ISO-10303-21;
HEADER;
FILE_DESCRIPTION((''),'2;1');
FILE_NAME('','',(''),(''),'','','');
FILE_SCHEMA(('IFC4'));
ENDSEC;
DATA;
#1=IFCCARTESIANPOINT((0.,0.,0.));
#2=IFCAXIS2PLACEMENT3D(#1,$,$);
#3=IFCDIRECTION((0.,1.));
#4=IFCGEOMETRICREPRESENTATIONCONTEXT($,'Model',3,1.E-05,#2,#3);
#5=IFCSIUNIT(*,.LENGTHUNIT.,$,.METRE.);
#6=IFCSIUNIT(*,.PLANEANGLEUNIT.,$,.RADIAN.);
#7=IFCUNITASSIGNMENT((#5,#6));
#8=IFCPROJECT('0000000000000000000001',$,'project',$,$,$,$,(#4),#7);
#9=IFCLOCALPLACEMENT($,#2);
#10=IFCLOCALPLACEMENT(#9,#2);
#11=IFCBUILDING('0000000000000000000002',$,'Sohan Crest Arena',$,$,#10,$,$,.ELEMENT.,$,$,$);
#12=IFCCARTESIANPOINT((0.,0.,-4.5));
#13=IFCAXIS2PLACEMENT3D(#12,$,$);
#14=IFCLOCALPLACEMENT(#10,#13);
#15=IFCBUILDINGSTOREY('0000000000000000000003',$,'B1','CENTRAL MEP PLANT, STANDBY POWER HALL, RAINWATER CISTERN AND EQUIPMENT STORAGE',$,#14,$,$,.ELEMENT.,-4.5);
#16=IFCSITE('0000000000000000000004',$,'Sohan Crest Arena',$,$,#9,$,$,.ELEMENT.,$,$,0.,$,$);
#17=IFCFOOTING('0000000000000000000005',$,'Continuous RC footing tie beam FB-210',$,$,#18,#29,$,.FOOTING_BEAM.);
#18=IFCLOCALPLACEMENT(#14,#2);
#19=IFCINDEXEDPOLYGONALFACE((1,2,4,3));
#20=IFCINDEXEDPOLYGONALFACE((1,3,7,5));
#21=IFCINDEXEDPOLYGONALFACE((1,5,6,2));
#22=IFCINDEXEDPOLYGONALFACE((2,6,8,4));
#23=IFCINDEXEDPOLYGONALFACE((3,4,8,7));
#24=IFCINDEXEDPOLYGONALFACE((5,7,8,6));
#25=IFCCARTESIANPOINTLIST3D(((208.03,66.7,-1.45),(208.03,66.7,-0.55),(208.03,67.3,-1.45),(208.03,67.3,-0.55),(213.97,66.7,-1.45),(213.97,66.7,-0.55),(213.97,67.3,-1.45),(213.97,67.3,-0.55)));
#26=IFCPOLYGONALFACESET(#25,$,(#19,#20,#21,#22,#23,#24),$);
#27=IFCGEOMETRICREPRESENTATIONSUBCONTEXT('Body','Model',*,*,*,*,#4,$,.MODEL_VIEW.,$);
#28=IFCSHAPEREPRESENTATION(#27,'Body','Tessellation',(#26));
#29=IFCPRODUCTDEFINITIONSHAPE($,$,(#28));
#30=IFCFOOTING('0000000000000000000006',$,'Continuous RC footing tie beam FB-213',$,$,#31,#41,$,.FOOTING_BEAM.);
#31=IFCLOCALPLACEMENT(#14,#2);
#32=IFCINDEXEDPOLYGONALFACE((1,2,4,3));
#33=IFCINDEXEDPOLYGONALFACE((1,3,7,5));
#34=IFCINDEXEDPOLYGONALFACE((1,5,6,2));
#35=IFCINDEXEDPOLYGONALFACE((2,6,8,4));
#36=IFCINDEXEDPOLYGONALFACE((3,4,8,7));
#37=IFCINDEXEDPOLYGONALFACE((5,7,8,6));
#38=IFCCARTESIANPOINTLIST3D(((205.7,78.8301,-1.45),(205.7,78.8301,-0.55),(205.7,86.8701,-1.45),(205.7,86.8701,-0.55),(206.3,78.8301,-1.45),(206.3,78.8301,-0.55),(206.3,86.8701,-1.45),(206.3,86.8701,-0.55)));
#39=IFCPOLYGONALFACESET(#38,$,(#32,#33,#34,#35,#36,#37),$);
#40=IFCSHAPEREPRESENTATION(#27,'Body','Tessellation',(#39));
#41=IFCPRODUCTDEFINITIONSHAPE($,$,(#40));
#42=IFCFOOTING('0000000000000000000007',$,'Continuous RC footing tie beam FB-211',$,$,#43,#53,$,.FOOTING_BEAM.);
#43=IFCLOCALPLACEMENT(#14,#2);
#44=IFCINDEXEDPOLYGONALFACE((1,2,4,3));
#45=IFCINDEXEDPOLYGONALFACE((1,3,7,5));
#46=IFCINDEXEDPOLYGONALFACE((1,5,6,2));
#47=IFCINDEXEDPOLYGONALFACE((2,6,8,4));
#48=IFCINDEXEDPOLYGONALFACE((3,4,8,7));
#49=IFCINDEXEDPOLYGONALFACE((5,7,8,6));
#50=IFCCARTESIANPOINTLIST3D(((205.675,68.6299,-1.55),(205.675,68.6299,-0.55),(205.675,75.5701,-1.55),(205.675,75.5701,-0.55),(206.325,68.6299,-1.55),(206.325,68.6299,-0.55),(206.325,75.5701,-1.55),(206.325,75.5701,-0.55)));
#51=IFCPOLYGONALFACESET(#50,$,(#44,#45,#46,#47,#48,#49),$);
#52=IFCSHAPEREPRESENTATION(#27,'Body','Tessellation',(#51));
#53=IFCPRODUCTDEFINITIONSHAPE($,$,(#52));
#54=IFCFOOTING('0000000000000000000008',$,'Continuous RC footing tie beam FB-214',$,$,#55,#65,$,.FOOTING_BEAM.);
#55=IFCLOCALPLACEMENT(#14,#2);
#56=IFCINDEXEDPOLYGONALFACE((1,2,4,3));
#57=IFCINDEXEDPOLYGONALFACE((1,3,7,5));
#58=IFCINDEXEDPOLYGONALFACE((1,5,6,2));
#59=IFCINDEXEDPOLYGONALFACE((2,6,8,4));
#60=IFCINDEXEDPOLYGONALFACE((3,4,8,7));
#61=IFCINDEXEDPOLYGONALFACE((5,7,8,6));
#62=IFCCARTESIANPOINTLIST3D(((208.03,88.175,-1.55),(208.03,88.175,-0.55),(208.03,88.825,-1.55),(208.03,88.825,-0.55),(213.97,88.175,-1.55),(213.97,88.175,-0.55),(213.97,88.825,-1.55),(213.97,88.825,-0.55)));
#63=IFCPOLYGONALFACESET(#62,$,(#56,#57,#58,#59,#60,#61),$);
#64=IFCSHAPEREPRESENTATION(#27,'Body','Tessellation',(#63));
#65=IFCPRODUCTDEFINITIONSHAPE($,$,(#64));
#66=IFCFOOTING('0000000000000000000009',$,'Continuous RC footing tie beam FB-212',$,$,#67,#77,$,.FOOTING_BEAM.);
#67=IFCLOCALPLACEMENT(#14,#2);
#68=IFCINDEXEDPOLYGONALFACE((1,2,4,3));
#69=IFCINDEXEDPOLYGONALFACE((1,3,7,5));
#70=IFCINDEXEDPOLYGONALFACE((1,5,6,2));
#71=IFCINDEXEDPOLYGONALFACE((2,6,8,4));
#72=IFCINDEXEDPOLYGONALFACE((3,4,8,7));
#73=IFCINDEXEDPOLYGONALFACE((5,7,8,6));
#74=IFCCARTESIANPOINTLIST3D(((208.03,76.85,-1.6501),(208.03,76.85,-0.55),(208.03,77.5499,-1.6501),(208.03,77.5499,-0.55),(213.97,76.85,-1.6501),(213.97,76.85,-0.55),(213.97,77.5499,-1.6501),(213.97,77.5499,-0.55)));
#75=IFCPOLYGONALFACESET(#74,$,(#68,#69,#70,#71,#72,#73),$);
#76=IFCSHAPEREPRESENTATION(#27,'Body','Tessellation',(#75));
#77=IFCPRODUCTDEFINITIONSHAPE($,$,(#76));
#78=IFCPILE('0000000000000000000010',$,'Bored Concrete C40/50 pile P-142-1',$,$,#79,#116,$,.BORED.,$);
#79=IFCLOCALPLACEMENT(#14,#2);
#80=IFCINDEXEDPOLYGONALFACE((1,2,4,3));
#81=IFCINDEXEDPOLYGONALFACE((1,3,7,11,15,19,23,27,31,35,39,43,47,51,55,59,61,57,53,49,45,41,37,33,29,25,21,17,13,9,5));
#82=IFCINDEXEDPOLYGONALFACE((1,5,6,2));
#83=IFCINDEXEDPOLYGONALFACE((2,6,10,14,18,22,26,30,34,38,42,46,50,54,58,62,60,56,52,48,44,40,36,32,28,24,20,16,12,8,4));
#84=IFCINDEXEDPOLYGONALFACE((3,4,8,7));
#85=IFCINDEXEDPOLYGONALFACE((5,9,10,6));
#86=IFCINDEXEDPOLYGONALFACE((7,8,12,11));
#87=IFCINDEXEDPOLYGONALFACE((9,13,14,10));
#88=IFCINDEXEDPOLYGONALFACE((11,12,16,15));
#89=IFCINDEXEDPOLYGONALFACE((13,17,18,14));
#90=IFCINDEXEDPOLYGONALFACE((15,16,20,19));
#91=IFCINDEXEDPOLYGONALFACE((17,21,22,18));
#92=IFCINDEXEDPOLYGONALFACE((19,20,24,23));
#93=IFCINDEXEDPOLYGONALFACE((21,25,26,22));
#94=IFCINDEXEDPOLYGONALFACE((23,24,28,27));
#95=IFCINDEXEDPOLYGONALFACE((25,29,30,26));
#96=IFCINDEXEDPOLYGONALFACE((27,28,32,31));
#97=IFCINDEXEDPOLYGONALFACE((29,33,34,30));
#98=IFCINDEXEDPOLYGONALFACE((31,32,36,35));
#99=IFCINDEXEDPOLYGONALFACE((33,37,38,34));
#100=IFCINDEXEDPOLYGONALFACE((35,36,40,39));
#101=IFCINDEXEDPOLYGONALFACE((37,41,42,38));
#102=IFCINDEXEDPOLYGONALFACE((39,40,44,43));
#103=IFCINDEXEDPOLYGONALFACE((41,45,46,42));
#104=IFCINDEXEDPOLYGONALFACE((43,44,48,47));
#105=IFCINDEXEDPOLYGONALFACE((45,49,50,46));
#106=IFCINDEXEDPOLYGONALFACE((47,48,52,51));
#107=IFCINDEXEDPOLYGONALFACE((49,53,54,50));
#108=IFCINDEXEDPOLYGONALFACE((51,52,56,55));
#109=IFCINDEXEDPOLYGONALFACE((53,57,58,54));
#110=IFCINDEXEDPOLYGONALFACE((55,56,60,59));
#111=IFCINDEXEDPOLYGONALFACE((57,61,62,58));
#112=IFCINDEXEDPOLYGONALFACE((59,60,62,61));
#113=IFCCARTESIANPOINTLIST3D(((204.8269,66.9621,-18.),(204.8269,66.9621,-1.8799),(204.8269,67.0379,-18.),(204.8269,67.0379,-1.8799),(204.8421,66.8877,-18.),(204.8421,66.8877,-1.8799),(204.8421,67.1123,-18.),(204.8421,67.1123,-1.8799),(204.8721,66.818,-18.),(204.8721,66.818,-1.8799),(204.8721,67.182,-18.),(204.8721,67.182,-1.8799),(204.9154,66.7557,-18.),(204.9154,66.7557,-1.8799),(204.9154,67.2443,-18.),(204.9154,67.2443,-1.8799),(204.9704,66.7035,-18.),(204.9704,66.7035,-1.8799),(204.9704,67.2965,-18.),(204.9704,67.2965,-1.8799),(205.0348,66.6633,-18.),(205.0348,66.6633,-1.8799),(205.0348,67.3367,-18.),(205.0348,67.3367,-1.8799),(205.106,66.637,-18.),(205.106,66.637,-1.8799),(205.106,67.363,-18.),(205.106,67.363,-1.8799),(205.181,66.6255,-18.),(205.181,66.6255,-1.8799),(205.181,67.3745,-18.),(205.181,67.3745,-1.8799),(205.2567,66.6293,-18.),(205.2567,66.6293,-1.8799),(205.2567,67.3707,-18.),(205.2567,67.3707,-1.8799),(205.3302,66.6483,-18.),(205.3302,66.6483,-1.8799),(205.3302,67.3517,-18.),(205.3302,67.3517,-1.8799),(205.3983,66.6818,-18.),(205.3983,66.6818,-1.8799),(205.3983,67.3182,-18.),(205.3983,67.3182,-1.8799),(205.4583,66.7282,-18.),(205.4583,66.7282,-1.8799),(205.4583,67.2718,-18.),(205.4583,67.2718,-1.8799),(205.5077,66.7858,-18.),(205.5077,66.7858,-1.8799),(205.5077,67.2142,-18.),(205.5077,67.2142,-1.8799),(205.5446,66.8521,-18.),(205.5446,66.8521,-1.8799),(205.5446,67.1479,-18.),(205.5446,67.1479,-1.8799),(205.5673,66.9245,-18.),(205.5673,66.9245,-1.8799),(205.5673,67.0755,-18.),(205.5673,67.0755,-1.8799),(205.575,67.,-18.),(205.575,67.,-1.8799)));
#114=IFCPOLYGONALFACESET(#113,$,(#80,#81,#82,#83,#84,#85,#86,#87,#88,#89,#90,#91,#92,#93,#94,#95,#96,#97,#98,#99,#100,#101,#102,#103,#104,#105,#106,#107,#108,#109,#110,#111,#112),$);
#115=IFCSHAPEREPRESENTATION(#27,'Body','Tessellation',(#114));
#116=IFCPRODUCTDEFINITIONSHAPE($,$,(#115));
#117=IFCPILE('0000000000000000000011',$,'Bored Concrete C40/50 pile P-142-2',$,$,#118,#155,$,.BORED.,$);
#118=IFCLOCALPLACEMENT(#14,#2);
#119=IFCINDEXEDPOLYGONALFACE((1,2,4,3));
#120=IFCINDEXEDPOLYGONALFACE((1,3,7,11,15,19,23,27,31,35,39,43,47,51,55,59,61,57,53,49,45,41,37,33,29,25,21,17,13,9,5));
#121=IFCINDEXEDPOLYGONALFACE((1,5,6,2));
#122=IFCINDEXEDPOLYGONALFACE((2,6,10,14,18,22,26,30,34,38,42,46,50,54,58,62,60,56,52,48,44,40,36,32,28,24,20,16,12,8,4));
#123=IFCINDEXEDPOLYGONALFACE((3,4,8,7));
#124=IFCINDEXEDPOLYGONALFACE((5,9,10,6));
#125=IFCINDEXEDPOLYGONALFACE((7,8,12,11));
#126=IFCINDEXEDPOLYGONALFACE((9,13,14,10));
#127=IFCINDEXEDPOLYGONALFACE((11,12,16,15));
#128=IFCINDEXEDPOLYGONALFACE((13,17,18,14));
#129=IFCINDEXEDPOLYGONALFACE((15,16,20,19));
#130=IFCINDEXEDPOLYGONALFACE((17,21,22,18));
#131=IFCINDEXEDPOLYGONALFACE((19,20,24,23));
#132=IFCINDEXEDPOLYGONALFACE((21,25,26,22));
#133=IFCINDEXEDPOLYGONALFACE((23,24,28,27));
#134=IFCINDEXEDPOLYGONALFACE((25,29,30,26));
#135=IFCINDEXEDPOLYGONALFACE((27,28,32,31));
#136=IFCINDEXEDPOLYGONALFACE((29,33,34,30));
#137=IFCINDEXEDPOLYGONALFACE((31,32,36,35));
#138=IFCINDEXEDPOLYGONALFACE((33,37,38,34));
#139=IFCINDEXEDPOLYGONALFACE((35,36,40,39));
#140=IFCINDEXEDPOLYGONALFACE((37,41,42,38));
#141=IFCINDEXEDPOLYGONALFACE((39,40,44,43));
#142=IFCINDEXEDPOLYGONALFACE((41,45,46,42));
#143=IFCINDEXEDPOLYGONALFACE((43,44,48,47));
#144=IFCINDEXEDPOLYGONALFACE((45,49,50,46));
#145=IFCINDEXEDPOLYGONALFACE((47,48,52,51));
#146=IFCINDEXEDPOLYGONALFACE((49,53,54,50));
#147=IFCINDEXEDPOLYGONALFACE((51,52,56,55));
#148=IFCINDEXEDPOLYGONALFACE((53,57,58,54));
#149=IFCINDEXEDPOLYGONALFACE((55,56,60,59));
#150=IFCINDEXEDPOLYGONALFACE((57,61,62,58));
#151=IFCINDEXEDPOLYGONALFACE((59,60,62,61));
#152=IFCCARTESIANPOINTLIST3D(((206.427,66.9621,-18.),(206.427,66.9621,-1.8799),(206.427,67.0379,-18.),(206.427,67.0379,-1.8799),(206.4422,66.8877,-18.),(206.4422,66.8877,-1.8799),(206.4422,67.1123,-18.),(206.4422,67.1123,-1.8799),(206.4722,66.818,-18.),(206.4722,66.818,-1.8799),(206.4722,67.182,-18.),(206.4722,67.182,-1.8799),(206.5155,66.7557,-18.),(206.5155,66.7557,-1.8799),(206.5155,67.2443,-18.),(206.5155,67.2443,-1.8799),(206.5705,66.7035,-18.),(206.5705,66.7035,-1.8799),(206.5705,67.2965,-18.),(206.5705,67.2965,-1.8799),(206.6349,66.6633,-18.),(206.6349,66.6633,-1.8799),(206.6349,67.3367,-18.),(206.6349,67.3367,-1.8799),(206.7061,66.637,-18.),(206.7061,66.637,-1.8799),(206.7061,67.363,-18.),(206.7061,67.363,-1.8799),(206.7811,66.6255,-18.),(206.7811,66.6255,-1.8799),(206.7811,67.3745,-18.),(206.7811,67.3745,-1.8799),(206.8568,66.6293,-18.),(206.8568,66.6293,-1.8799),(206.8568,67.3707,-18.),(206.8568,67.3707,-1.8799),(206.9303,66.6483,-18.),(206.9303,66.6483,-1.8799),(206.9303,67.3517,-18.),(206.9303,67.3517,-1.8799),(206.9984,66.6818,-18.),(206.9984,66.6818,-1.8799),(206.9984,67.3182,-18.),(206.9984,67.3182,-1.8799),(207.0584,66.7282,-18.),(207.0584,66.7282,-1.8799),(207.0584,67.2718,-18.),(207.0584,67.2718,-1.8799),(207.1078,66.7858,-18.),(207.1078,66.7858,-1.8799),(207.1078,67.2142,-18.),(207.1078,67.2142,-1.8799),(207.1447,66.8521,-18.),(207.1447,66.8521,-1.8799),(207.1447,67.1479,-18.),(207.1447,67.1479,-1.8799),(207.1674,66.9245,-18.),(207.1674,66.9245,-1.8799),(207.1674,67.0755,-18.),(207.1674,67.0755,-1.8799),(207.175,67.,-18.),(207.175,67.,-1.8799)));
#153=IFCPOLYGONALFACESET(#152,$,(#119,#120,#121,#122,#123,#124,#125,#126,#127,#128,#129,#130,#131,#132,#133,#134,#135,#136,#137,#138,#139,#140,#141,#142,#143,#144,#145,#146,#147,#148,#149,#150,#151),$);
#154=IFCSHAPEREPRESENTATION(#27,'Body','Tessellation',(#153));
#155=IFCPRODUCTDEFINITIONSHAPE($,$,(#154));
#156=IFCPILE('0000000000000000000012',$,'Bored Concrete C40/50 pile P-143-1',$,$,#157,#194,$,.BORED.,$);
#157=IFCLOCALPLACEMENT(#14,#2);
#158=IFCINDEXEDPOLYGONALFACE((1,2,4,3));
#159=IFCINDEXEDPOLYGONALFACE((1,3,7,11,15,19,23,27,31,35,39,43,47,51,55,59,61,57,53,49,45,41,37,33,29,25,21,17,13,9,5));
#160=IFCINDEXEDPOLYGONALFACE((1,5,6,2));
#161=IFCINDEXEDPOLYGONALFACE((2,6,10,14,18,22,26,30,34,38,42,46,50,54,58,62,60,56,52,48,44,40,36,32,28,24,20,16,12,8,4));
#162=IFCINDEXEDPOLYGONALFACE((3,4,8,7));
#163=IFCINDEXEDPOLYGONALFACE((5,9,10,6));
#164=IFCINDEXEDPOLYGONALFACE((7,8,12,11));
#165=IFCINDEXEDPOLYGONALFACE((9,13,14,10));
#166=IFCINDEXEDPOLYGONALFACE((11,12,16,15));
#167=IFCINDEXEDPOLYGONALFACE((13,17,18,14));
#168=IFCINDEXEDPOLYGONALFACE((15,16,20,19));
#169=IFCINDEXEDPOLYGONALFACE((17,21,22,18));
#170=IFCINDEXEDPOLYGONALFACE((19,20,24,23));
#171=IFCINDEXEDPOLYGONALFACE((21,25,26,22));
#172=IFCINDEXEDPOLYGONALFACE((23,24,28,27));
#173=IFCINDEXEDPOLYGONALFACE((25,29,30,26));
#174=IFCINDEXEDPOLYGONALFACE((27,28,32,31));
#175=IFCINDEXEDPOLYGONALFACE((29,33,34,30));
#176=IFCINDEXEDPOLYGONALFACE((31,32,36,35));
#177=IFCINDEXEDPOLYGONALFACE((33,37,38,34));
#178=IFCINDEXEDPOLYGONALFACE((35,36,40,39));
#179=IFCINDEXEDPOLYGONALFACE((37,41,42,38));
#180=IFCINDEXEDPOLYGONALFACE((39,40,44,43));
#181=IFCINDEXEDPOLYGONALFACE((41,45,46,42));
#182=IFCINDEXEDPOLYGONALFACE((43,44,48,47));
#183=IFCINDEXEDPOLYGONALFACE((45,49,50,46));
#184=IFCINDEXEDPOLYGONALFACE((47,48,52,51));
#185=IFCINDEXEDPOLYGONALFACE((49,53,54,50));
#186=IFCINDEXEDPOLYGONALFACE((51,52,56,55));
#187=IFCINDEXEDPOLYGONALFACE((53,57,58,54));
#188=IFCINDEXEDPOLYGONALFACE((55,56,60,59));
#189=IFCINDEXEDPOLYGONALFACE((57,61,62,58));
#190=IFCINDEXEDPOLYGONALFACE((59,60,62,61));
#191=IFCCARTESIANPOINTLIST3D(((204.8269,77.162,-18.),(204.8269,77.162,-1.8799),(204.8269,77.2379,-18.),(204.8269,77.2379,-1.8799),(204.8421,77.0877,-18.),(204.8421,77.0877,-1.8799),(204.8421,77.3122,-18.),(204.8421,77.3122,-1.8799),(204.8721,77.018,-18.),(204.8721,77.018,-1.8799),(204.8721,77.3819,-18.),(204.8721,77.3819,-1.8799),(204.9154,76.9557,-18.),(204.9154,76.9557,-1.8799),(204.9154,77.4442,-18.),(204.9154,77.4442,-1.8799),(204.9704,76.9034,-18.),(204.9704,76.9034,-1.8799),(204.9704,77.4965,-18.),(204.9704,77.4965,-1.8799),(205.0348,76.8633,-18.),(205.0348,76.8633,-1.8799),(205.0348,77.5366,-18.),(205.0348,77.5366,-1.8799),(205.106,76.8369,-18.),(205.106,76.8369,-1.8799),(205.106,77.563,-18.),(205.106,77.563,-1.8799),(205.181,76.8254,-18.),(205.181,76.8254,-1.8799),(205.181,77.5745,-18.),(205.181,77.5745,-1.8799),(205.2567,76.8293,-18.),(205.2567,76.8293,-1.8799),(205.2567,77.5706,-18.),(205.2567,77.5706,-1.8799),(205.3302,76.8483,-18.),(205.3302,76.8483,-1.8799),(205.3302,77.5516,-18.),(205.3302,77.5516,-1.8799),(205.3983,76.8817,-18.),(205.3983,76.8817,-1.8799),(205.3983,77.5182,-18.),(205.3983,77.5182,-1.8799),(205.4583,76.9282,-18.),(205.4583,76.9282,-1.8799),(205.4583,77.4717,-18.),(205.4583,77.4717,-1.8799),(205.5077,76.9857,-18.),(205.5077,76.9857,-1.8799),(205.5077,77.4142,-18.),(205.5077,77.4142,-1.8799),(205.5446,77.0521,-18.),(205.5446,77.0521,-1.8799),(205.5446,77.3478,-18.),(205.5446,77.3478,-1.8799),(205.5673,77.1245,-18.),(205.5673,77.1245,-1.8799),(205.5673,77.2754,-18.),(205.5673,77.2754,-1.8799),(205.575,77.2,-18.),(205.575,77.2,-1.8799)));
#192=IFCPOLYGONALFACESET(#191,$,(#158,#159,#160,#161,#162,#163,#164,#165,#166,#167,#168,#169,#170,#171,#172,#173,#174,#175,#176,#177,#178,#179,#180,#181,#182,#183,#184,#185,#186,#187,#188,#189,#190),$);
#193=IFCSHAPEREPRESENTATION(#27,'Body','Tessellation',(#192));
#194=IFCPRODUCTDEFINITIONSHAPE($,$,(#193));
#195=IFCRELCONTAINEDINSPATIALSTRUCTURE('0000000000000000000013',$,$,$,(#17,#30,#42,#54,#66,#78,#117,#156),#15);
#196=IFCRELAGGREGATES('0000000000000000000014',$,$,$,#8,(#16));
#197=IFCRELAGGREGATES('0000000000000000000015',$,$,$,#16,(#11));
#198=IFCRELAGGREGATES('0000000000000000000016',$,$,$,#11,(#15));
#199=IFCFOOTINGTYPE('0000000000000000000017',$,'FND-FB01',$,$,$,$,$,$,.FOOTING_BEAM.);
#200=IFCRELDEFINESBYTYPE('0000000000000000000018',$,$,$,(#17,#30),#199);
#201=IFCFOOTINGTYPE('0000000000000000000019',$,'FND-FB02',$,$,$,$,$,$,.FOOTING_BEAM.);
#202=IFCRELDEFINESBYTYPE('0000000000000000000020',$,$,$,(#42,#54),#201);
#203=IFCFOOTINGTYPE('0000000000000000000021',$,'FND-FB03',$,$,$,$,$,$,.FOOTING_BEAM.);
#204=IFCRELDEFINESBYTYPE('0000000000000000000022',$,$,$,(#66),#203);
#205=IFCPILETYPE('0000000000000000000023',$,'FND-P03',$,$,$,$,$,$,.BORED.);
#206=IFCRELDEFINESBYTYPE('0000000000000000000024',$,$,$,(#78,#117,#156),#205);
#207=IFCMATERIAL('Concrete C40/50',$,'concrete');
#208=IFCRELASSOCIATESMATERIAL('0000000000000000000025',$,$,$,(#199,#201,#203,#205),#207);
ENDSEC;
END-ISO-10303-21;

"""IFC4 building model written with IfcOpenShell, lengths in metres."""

from ifc_helpers import new_model, si_unit, direction, frame, origin, origin_2d, place, context, subcontext, project, spatial, rectangle, circle, extrude, material, material_profile, profile_set, type_object, element, save


model = new_model("IFC4")

# Units and contexts
model_context = context("Model", 3, precision=1e-05, world=origin(), true_north=direction((0.0, 1.0)))
body_context = subcontext(model_context, "Body", "Model", "MODEL_VIEW")
ifc_project = project(units=[si_unit("LENGTHUNIT", "METRE"), si_unit("PLANEANGLEUNIT", "RADIAN")], contexts=[model_context])

# Site, building, storey
site_placement = place(None, origin())
site = spatial("IfcSite", under=ifc_project, at=site_placement, Name="Sohan Crest Arena", CompositionType="ELEMENT", RefElevation=0.0)
building_placement = place(site_placement, origin())
building = spatial("IfcBuilding", under=site, at=building_placement, Name="Sohan Crest Arena", CompositionType="ELEMENT")
storey_placement = place(building_placement, frame((0.0, 0.0, -4.5)))
storey = spatial("IfcBuildingStorey", under=building, at=storey_placement, Name="B1", Description="CENTRAL MEP PLANT, STANDBY POWER HALL, RAINWATER CISTERN AND EQUIPMENT STORAGE", CompositionType="ELEMENT", Elevation=-4.5)

# Footings
ifc_material_1 = material(Name="Concrete C40/50", Category="concrete")
ifc_material_profile_1 = material_profile(ifc_material_1, rectangle(XDim=0.6001, YDim=0.8999, at=origin_2d()), Name="RC-FB 600x900")
ifc_profile_set_1 = profile_set([ifc_material_profile_1], Name="Concrete C40/50")
footing_type_1 = type_object("IfcFootingType", Name="FND-FB01", PredefinedType="FOOTING_BEAM", material=ifc_profile_set_1)
footing_1_placement = place(storey_placement, frame((208.03, 67.0, -1.0), z_axis=(1.0, 0.0, 0.0), x_axis=(0.0, 1.0, 0.0)))
element("IfcFooting", 1, at=footing_1_placement, inside=storey, type_object=footing_type_1, Name="Continuous RC footing tie beam FB-210", PredefinedType="FOOTING_BEAM", context=body_context, shape_type="SweptSolid", body=[
    extrude(rectangle(XDim=0.6001, YDim=0.8999, at=origin_2d()), origin(), (0.0, 0.0, 1.0), 5.9399),
])
footing_2_placement = place(storey_placement, frame((206.0, 78.8301, -1.0), z_axis=(0.0, 1.0, 0.0), x_axis=(-1.0, 0.0, 0.0)))
element("IfcFooting", 2, at=footing_2_placement, inside=storey, type_object=footing_type_1, Name="Continuous RC footing tie beam FB-213", PredefinedType="FOOTING_BEAM", context=body_context, shape_type="SweptSolid", body=[
    extrude(rectangle(XDim=0.6001, YDim=0.8999, at=origin_2d()), origin(), (0.0, 0.0, 1.0), 8.04),
])
ifc_material_profile_2 = material_profile(ifc_material_1, rectangle(XDim=0.6499, YDim=1.0, at=origin_2d()), Name="RC-FB 650x1000")
ifc_profile_set_2 = profile_set([ifc_material_profile_2], Name="Concrete C40/50")
footing_type_2 = type_object("IfcFootingType", Name="FND-FB02", PredefinedType="FOOTING_BEAM", material=ifc_profile_set_2)
footing_3_placement = place(storey_placement, frame((206.0, 68.6299, -1.05), z_axis=(0.0, 1.0, 0.0), x_axis=(-1.0, 0.0, 0.0)))
element("IfcFooting", 3, at=footing_3_placement, inside=storey, type_object=footing_type_2, Name="Continuous RC footing tie beam FB-211", PredefinedType="FOOTING_BEAM", context=body_context, shape_type="SweptSolid", body=[
    extrude(rectangle(XDim=0.6499, YDim=1.0, at=origin_2d()), origin(), (0.0, 0.0, 1.0), 6.9402),
])
footing_4_placement = place(storey_placement, frame((208.03, 88.5, -1.05), z_axis=(1.0, 0.0, 0.0), x_axis=(0.0, 1.0, 0.0)))
element("IfcFooting", 4, at=footing_4_placement, inside=storey, type_object=footing_type_2, Name="Continuous RC footing tie beam FB-214", PredefinedType="FOOTING_BEAM", context=body_context, shape_type="SweptSolid", body=[
    extrude(rectangle(XDim=0.6499, YDim=1.0, at=origin_2d()), origin(), (0.0, 0.0, 1.0), 5.9399),
])
ifc_material_profile_3 = material_profile(ifc_material_1, rectangle(XDim=0.7, YDim=1.1001, at=origin_2d()), Name="RC-FB 700x1100")
ifc_profile_set_3 = profile_set([ifc_material_profile_3], Name="Concrete C40/50")
footing_type_3 = type_object("IfcFootingType", Name="FND-FB03", PredefinedType="FOOTING_BEAM", material=ifc_profile_set_3)
footing_5_placement = place(storey_placement, frame((208.03, 77.2, -1.1001), z_axis=(1.0, 0.0, 0.0), x_axis=(0.0, 1.0, 0.0)))
element("IfcFooting", 5, at=footing_5_placement, inside=storey, type_object=footing_type_3, Name="Continuous RC footing tie beam FB-212", PredefinedType="FOOTING_BEAM", context=body_context, shape_type="SweptSolid", body=[
    extrude(rectangle(XDim=0.7, YDim=1.1001, at=origin_2d()), origin(), (0.0, 0.0, 1.0), 5.9399),
])

# Piles
ifc_material_profile_4 = material_profile(ifc_material_1, circle(Radius=0.375, at=origin_2d()), Name="PILE D750")
ifc_profile_set_4 = profile_set([ifc_material_profile_4], Name="Concrete C40/50")
pile_type = type_object("IfcPileType", Name="FND-P03", PredefinedType="BORED", material=ifc_profile_set_4)
for number, where, z_axis, x_axis, name in (
    (6, (205.2, 67.0, -18.0), (0.0, 0.0, 1.0), (1.0, 0.0, 0.0), "Bored Concrete C40/50 pile P-142-1"),
    (7, (206.8, 67.0, -18.0), (0.0, 0.0, 1.0), (1.0, 0.0, 0.0), "Bored Concrete C40/50 pile P-142-2"),
    (8, (205.2, 77.2, -18.0), (0.0, 0.0, 1.0), (1.0, 0.0, 0.0), "Bored Concrete C40/50 pile P-143-1"),
):
    element("IfcPile", number, at=place(storey_placement, frame(where, z_axis=z_axis, x_axis=x_axis)), inside=storey, type_object=pile_type, Name=name, PredefinedType="BORED", context=body_context, shape_type="SweptSolid", body=[
        extrude(circle(Radius=0.375, at=origin_2d()), origin(), (0.0, 0.0, 1.0), 16.1201),
    ])

save(model, "model.ifc")
